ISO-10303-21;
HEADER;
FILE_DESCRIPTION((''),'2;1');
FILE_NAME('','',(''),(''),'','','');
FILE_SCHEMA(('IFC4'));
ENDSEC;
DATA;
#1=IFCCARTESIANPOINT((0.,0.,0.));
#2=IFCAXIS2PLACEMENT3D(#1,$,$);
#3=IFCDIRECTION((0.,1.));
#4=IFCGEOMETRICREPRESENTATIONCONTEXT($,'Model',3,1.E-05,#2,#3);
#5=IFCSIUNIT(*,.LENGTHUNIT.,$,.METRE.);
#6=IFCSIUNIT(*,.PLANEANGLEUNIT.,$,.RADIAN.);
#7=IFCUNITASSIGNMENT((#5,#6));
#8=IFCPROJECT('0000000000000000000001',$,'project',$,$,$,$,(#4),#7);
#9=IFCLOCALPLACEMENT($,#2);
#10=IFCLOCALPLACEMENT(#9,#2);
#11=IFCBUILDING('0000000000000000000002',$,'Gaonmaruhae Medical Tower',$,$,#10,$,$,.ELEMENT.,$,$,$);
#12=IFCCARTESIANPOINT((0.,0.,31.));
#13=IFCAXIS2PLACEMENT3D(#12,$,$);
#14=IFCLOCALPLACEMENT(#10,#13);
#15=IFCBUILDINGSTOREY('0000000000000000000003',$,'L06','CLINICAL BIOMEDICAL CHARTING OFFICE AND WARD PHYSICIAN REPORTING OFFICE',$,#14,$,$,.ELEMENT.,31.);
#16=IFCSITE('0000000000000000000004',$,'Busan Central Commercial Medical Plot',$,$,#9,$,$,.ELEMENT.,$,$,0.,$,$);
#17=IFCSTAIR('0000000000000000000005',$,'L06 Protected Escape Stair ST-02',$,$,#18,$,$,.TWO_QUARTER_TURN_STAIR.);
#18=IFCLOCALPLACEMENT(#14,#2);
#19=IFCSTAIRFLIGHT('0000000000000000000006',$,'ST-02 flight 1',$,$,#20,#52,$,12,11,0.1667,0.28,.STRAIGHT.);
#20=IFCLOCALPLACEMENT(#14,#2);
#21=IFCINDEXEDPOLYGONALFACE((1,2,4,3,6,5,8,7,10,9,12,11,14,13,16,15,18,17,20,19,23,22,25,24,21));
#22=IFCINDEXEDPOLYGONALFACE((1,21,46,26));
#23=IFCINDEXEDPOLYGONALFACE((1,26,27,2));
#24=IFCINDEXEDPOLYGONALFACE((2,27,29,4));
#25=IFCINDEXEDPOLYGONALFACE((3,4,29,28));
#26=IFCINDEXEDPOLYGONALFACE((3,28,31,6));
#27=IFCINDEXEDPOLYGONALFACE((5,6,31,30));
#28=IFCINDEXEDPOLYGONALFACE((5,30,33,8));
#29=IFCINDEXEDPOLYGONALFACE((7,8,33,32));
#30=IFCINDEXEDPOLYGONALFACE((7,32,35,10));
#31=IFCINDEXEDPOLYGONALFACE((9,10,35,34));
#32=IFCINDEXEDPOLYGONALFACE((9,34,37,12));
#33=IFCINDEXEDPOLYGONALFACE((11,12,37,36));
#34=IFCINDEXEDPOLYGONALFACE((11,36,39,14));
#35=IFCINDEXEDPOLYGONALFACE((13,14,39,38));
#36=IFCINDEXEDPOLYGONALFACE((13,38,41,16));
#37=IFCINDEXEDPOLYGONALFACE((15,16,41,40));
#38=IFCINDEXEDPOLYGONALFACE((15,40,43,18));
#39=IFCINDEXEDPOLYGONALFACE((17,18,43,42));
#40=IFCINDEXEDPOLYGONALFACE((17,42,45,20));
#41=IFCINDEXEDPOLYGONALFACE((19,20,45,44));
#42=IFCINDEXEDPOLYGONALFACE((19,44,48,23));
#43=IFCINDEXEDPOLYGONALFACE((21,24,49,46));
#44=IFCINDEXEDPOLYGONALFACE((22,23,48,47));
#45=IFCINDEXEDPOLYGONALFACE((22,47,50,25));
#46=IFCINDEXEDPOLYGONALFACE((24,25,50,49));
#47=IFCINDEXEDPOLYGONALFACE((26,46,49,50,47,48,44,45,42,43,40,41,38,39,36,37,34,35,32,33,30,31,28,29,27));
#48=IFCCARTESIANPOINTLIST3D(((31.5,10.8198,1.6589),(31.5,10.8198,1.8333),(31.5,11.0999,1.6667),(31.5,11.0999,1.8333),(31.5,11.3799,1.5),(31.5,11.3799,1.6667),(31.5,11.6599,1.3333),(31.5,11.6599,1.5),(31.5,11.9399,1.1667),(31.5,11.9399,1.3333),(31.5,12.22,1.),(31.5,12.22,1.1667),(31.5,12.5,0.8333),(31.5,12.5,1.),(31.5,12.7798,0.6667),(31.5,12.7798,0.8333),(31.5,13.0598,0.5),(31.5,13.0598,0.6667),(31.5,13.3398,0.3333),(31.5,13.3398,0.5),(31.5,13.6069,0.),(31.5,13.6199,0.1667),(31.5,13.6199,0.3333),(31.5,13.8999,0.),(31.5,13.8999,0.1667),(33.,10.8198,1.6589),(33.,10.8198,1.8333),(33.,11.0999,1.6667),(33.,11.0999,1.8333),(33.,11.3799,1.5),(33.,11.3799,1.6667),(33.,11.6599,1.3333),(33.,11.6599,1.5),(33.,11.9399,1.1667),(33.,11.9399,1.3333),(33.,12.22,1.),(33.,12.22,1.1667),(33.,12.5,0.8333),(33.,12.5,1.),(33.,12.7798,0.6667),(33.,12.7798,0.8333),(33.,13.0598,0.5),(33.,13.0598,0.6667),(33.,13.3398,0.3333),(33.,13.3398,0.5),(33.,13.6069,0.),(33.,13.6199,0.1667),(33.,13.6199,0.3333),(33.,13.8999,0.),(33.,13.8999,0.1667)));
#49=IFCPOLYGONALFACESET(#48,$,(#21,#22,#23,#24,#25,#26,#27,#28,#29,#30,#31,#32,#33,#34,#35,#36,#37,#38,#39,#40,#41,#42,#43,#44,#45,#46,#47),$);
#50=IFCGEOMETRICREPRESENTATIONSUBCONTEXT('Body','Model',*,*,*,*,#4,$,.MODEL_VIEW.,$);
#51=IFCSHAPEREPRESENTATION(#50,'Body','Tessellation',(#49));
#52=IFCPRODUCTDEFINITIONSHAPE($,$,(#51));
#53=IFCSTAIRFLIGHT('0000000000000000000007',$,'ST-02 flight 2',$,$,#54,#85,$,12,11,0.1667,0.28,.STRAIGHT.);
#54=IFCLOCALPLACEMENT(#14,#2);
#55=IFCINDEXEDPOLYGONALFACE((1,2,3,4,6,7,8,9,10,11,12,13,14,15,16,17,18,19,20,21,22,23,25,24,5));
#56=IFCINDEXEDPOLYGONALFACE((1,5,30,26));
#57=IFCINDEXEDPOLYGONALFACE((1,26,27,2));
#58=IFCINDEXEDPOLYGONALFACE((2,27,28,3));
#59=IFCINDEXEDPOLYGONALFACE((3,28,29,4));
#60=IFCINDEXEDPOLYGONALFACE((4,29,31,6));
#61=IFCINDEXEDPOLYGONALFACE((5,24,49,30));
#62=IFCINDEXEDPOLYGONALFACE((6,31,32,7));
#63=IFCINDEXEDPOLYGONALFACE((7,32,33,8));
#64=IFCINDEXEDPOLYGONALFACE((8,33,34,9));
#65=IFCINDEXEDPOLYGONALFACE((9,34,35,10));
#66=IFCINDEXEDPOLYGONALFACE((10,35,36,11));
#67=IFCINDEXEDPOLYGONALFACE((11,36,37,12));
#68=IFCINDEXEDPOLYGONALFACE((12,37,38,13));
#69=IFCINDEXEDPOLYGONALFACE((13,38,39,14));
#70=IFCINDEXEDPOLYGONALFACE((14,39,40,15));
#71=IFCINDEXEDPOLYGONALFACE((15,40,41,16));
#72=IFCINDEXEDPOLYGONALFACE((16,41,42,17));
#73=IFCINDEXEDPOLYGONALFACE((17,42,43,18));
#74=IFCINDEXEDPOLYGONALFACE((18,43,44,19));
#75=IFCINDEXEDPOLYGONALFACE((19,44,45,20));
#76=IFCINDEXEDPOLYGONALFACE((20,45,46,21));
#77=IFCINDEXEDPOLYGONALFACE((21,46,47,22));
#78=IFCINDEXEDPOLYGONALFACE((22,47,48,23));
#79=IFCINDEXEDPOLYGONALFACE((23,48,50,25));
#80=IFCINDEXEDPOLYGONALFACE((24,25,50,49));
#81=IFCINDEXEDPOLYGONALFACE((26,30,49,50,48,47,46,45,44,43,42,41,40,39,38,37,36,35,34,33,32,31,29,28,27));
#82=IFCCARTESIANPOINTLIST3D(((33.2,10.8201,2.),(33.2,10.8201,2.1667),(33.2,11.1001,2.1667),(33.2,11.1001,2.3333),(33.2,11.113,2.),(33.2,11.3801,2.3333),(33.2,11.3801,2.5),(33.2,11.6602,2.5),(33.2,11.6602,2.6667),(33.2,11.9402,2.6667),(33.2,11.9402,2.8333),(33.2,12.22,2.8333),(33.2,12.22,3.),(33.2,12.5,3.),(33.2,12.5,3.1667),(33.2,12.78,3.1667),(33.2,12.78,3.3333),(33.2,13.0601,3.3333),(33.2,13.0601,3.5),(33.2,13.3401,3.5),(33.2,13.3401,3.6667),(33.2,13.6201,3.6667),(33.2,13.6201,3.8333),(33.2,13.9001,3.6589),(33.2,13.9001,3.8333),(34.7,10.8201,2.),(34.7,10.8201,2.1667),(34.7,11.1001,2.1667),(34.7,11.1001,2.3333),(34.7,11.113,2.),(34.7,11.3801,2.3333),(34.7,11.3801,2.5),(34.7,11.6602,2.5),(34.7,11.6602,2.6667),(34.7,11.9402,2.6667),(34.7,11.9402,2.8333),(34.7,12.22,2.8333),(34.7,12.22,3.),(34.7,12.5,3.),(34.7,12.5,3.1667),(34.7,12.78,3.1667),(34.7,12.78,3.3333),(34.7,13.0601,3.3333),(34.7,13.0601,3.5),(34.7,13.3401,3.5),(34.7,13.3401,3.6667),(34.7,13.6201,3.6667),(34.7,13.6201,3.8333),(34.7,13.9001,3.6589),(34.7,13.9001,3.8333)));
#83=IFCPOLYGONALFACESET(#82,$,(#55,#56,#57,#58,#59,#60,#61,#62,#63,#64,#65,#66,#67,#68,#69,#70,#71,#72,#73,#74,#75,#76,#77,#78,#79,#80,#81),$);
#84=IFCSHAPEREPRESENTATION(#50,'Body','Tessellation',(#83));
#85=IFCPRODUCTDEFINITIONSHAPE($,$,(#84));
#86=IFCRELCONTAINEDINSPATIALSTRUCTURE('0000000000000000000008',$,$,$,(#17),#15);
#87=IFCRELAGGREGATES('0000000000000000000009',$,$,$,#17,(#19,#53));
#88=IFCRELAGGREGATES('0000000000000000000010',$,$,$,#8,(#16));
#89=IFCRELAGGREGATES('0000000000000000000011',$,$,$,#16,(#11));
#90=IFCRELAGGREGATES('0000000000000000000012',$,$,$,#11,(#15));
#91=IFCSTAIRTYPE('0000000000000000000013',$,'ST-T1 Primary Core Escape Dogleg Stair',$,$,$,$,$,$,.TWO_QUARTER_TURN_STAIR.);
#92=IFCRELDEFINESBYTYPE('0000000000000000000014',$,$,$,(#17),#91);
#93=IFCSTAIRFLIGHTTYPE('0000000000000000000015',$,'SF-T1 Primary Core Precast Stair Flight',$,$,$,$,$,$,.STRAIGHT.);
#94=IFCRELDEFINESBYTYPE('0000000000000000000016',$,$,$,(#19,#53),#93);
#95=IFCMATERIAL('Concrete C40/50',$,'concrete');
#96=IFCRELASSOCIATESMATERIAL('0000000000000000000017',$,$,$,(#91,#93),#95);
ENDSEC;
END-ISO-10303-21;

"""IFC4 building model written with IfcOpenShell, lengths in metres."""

from ifc_helpers import new_model, si_unit, direction, frame, origin, place, context, subcontext, project, spatial, polyline, outline, extrude, material, type_object, element, aggregate, save


model = new_model("IFC4")

# Units and contexts
model_context = context("Model", 3, precision=1e-05, world=origin(), true_north=direction((0.0, 1.0)))
body_context = subcontext(model_context, "Body", "Model", "MODEL_VIEW")
ifc_project = project(units=[si_unit("LENGTHUNIT", "METRE"), si_unit("PLANEANGLEUNIT", "RADIAN")], contexts=[model_context])

# Site, building, storey
site_placement = place(None, origin())
site = spatial("IfcSite", under=ifc_project, at=site_placement, Name="Busan Central Commercial Medical Plot", CompositionType="ELEMENT", RefElevation=0.0)
building_placement = place(site_placement, origin())
building = spatial("IfcBuilding", under=site, at=building_placement, Name="Gaonmaruhae Medical Tower", CompositionType="ELEMENT")
storey_placement = place(building_placement, frame((0.0, 0.0, 31.0)))
storey = spatial("IfcBuildingStorey", under=building, at=storey_placement, Name="L06", Description="CLINICAL BIOMEDICAL CHARTING OFFICE AND WARD PHYSICIAN REPORTING OFFICE", CompositionType="ELEMENT", Elevation=31.0)

# Stair, stair flights
ifc_material_1 = material(Name="Concrete C40/50", Category="concrete")
stair_type = type_object("IfcStairType", Name="ST-T1 Primary Core Escape Dogleg Stair", PredefinedType="TWO_QUARTER_TURN_STAIR", material=ifc_material_1)
stair_placement = place(storey_placement, origin())
stair = element("IfcStair", 1, at=stair_placement, inside=storey, type_object=stair_type, Name="L06 Protected Escape Stair ST-02", PredefinedType="TWO_QUARTER_TURN_STAIR")
stair_flight_type = type_object("IfcStairFlightType", Name="SF-T1 Primary Core Precast Stair Flight", PredefinedType="STRAIGHT", material=ifc_material_1)
stair_flight_1_placement = place(storey_placement, frame((32.25, 13.8999, 0.0), z_axis=(0.0, 0.0, 1.0), x_axis=(0.0, -1.0, 0.0)))
stair_flight_1 = element("IfcStairFlight", 2, at=stair_flight_1_placement, type_object=stair_flight_type, Name="ST-02 flight 1", NumberOfRisers=12, NumberOfTreads=11, PredefinedType="STRAIGHT", RiserHeight=0.1667, TreadLength=0.28, context=body_context, shape_type="SweptSolid", body=[
    extrude(outline(polyline([(0.0, 0.0), (0.0, 0.1667), (0.28, 0.1667), (0.28, 0.3333), (0.5601, 0.3333), (0.5601, 0.5), (0.8401, 0.5), (0.8401, 0.6667), (1.1201, 0.6667), (1.1201, 0.8333), (1.3999, 0.8333), (1.3999, 1.0), (1.6799, 1.0), (1.6799, 1.1667), (1.96, 1.1667), (1.96, 1.3333), (2.24, 1.3333), (2.24, 1.5), (2.52, 1.5), (2.52, 1.6667), (2.8, 1.6667), (2.8, 1.8333), (3.0801, 1.8333), (3.0801, 2.0), (3.0801, 1.6589), (0.293, 0.0), (0.0, 0.0)])), frame((0.0, 0.75, 0.0), z_axis=(0.0, -1.0, 0.0), x_axis=(1.0, 0.0, 0.0)), (0.0, 0.0, 1.0), 1.5),
])
stair_flight_2_placement = place(storey_placement, frame((33.95, 10.8201, 2.0), z_axis=(0.0, 0.0, 1.0), x_axis=(0.0, 1.0, 0.0)))
stair_flight_2 = element("IfcStairFlight", 3, at=stair_flight_2_placement, type_object=stair_flight_type, Name="ST-02 flight 2", NumberOfRisers=12, NumberOfTreads=11, PredefinedType="STRAIGHT", RiserHeight=0.1667, TreadLength=0.28, context=body_context, shape_type="SweptSolid", body=[
    extrude(outline(polyline([(0.0, 0.0), (0.0, 0.1667), (0.28, 0.1667), (0.28, 0.3333), (0.5601, 0.3333), (0.5601, 0.5), (0.8401, 0.5), (0.8401, 0.6667), (1.1201, 0.6667), (1.1201, 0.8333), (1.3999, 0.8333), (1.3999, 1.0), (1.6799, 1.0), (1.6799, 1.1667), (1.96, 1.1667), (1.96, 1.3333), (2.24, 1.3333), (2.24, 1.5), (2.52, 1.5), (2.52, 1.6667), (2.8, 1.6667), (2.8, 1.8333), (3.0801, 1.8333), (3.0801, 2.0), (3.0801, 1.6589), (0.293, 0.0), (0.0, 0.0)])), frame((0.0, 0.75, 0.0), z_axis=(0.0, -1.0, 0.0), x_axis=(1.0, 0.0, 0.0)), (0.0, 0.0, 1.0), 1.5),
])
aggregate(stair, [stair_flight_1, stair_flight_2])

save(model, "model.ifc")
